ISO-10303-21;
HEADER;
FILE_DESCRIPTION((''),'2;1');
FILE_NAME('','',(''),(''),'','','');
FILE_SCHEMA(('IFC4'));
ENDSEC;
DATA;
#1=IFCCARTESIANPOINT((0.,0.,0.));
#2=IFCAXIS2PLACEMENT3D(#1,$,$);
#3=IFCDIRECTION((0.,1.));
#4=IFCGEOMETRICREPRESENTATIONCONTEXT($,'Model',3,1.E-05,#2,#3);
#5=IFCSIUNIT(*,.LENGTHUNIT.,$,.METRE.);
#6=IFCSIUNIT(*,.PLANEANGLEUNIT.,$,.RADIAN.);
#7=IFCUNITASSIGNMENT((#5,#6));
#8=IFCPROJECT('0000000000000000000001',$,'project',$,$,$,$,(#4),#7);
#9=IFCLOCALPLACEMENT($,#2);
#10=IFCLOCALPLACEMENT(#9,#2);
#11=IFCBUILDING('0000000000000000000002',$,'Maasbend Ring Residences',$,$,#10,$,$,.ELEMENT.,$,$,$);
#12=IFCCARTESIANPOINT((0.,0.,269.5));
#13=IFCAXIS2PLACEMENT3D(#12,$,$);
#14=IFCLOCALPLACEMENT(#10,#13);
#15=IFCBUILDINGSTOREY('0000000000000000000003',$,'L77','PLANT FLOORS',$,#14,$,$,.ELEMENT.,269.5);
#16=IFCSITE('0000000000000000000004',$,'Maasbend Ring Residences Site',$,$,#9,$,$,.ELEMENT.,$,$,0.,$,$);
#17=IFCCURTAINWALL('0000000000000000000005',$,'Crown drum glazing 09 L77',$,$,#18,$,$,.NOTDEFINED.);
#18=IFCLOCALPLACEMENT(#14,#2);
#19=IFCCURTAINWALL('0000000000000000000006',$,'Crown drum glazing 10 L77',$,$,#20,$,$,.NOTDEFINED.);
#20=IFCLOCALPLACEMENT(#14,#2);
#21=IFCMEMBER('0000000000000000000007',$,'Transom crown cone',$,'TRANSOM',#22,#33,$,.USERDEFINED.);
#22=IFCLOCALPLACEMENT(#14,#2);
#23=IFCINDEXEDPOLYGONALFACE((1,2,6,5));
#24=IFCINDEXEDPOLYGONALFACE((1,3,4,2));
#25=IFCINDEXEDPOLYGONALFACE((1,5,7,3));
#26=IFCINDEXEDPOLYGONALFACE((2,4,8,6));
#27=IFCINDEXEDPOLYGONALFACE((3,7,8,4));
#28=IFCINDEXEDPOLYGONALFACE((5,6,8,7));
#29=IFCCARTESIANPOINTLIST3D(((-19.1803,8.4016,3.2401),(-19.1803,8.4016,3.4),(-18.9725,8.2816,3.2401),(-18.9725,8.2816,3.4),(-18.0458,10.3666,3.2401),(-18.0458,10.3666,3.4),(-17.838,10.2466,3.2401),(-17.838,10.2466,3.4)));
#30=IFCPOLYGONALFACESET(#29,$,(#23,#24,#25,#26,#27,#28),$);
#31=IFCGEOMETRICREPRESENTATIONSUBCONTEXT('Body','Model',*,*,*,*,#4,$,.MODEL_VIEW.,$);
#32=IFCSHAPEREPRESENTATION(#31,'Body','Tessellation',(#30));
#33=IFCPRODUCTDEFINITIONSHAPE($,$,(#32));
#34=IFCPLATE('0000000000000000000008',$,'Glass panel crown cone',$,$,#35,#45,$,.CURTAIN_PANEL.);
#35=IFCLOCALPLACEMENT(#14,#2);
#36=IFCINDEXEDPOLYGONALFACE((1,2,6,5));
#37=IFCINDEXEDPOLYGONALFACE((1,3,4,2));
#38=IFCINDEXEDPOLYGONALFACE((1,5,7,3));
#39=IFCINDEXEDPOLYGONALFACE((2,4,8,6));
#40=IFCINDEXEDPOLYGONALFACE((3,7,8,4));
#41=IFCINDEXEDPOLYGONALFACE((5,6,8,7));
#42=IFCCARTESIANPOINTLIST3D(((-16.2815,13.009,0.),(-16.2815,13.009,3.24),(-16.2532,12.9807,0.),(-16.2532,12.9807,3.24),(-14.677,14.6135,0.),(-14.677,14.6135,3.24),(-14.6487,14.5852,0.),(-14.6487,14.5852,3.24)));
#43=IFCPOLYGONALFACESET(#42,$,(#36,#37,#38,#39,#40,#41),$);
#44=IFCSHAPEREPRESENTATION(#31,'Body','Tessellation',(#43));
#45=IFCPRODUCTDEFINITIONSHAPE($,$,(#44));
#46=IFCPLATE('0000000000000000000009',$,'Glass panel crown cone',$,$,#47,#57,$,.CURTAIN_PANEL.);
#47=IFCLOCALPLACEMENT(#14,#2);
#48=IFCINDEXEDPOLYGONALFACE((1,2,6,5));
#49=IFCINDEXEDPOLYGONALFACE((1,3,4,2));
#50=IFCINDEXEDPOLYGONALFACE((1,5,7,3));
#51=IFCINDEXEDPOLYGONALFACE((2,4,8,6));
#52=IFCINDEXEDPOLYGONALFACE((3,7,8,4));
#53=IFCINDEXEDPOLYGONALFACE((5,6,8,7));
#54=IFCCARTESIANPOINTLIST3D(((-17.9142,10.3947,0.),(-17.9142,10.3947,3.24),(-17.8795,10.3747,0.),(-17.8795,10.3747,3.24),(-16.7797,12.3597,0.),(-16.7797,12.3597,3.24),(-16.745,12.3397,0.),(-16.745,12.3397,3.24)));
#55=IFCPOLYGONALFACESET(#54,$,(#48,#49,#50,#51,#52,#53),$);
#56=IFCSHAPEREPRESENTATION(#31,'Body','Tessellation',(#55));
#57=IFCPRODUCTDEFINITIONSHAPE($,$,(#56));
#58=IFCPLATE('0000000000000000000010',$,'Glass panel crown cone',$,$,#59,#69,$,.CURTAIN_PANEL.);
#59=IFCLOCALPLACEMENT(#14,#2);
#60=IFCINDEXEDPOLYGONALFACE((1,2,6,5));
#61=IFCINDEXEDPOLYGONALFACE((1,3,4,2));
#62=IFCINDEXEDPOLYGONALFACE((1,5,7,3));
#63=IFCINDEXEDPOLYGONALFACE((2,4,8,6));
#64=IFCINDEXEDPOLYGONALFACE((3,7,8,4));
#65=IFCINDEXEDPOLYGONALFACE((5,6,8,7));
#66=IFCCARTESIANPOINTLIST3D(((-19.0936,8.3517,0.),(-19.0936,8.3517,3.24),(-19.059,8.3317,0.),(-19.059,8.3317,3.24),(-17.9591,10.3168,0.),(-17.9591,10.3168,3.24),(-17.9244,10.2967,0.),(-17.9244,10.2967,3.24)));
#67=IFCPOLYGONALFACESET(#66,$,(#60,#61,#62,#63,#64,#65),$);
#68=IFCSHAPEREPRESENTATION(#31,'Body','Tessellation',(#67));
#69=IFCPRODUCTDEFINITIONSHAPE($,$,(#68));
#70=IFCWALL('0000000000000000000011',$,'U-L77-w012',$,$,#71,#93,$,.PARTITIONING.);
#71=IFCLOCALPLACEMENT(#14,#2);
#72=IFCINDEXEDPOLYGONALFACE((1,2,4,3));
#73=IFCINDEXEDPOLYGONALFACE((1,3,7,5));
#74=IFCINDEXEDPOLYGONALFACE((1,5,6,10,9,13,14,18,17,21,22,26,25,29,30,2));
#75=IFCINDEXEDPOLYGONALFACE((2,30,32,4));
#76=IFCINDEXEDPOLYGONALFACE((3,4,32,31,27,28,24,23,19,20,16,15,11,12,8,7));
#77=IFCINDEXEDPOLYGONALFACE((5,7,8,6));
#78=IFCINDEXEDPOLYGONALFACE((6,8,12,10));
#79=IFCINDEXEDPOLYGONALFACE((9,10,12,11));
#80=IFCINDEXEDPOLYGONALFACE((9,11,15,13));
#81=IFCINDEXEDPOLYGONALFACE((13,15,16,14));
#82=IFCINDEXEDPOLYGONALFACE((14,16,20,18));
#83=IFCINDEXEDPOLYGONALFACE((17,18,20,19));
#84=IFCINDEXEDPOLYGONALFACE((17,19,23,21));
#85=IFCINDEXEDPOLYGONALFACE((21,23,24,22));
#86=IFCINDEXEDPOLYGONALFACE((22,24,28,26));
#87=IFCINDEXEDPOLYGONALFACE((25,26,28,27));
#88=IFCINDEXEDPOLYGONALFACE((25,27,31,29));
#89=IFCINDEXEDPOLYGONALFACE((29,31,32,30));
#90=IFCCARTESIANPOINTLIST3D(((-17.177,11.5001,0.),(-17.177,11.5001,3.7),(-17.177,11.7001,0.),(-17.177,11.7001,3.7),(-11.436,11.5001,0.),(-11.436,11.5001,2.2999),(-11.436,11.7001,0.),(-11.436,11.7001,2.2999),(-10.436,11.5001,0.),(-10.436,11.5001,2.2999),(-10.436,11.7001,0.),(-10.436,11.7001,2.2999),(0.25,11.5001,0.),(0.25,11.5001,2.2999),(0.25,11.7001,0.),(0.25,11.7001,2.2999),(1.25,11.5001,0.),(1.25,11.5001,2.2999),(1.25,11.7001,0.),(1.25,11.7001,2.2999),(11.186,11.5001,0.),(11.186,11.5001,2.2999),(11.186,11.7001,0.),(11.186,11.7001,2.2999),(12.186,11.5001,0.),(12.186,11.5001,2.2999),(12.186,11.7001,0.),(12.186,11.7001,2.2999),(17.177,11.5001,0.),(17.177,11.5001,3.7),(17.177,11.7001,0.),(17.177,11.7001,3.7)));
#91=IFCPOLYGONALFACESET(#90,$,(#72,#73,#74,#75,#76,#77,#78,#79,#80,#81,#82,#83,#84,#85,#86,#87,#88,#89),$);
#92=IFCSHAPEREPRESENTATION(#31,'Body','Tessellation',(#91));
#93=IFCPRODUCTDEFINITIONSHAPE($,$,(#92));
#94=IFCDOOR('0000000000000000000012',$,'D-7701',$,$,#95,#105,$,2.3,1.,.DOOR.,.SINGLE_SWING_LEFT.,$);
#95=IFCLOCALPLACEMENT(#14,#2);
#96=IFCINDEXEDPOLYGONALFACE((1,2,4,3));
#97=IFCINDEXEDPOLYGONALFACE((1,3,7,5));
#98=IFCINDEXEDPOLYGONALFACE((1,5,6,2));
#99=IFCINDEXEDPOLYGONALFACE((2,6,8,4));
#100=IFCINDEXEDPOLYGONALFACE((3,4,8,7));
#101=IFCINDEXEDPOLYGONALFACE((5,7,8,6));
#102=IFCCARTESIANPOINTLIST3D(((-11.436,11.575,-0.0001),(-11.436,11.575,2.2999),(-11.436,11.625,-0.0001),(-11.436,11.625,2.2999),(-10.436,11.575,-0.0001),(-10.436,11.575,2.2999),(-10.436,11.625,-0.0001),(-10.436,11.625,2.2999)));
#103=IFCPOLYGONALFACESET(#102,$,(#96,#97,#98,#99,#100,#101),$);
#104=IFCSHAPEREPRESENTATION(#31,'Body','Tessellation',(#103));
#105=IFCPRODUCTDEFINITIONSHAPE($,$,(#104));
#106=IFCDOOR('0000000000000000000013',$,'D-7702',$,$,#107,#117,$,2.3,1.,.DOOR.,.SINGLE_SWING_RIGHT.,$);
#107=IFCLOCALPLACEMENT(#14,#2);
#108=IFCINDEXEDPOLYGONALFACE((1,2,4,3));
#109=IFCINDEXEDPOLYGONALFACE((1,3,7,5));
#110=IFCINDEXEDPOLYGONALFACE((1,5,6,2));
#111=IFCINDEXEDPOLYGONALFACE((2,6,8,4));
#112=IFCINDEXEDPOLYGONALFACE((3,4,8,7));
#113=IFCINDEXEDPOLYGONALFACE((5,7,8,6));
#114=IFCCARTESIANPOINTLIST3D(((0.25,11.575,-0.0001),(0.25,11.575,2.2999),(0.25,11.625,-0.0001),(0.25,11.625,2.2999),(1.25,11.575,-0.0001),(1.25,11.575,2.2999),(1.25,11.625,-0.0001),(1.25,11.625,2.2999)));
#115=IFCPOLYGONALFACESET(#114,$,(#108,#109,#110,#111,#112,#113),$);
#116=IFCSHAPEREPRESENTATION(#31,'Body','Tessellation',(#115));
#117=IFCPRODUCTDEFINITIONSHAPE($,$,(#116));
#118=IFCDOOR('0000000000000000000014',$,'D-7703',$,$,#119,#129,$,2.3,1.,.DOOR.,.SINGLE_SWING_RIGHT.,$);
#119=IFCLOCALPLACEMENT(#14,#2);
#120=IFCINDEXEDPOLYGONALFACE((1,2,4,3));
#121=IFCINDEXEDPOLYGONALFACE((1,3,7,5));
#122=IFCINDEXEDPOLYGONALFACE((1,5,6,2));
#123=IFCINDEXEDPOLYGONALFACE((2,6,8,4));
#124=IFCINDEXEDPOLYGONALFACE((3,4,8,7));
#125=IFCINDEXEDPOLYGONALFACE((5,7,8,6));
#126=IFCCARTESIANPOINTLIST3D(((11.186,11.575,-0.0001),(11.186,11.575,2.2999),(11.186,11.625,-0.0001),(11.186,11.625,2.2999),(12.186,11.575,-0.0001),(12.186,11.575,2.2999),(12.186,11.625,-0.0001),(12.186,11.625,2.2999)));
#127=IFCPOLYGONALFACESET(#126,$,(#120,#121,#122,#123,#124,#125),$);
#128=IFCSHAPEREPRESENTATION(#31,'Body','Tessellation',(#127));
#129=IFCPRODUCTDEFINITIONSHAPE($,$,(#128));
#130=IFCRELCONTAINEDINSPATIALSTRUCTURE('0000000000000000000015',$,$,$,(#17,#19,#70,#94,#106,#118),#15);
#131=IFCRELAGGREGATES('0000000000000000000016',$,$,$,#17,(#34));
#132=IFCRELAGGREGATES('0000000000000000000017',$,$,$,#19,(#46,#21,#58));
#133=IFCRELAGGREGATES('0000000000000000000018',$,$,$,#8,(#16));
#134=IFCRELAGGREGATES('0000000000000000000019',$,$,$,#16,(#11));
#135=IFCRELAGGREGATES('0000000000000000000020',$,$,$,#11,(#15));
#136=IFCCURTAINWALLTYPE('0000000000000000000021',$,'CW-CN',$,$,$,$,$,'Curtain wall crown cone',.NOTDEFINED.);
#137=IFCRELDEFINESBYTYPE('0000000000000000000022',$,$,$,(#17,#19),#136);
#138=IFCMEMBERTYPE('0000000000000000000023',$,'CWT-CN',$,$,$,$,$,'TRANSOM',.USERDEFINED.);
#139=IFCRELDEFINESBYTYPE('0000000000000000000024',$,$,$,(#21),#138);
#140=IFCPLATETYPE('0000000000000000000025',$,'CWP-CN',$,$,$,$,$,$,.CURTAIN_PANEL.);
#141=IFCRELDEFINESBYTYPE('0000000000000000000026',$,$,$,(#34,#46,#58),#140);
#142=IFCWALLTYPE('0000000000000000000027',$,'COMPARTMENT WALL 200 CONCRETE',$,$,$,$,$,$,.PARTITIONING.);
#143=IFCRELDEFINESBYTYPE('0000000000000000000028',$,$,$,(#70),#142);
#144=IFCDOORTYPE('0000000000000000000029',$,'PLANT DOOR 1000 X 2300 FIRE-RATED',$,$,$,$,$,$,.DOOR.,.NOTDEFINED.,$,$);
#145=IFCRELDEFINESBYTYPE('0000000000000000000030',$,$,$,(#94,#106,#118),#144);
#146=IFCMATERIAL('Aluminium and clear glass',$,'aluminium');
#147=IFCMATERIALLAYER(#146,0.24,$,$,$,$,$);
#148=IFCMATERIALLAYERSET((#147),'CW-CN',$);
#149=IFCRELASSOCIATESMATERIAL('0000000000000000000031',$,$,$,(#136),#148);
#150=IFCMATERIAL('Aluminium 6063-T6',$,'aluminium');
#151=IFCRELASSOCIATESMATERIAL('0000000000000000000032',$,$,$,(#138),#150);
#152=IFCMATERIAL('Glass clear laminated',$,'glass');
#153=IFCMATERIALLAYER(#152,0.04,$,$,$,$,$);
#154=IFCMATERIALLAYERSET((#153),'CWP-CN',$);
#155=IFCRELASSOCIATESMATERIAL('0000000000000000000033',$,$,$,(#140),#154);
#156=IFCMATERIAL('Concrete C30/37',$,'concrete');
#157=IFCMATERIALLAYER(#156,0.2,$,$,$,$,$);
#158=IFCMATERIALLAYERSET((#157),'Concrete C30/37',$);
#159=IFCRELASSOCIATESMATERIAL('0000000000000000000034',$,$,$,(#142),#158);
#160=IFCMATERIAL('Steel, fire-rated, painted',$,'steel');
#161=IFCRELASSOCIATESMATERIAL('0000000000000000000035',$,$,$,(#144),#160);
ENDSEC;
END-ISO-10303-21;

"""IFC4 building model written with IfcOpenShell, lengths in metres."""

from ifc_helpers import new_model, si_unit, direction, frame, frame_2d, origin, origin_2d, place, context, subcontext, project, spatial, rectangle, extrude, material, layer, layer_set, material_profile, profile_set, type_object, element, fill, aggregate, save


model = new_model("IFC4")

# Units and contexts
model_context = context("Model", 3, precision=1e-05, world=origin(), true_north=direction((0.0, 1.0)))
body_context = subcontext(model_context, "Body", "Model", "MODEL_VIEW")
ifc_project = project(units=[si_unit("LENGTHUNIT", "METRE"), si_unit("PLANEANGLEUNIT", "RADIAN")], contexts=[model_context])

# Site, building, storey
site_placement = place(None, origin())
site = spatial("IfcSite", under=ifc_project, at=site_placement, Name="Maasbend Ring Residences Site", CompositionType="ELEMENT", RefElevation=0.0)
building_placement = place(site_placement, origin())
building = spatial("IfcBuilding", under=site, at=building_placement, Name="Maasbend Ring Residences", CompositionType="ELEMENT")
storey_placement = place(building_placement, frame((0.0, 0.0, 269.5)))
storey = spatial("IfcBuildingStorey", under=building, at=storey_placement, Name="L77", Description="PLANT FLOORS", CompositionType="ELEMENT", Elevation=269.5)

# Curtain walls
ifc_material_1 = material(Name="Aluminium and clear glass", Category="aluminium")
ifc_layer_1 = layer(ifc_material_1, 0.24)
ifc_layer_set_1 = layer_set([ifc_layer_1], Name="CW-CN")
curtain_wall_type = type_object("IfcCurtainWallType", Name="CW-CN", ElementType="Curtain wall crown cone", PredefinedType="NOTDEFINED", material=ifc_layer_set_1)
curtain_wall_1_placement = place(storey_placement, origin())
curtain_wall_1 = element("IfcCurtainWall", 1, at=curtain_wall_1_placement, inside=storey, type_object=curtain_wall_type, Name="Crown drum glazing 09 L77", PredefinedType="NOTDEFINED")
curtain_wall_2_placement = place(storey_placement, origin())
curtain_wall_2 = element("IfcCurtainWall", 2, at=curtain_wall_2_placement, inside=storey, type_object=curtain_wall_type, Name="Crown drum glazing 10 L77", PredefinedType="NOTDEFINED")

# Member
ifc_material_2 = material(Name="Aluminium 6063-T6", Category="aluminium")
ifc_material_profile_1 = material_profile(ifc_material_2, rectangle(XDim=0.24, YDim=0.1599, at=origin_2d()), Name="AL 240x160")
ifc_profile_set_1 = profile_set([ifc_material_profile_1], Name="Aluminium 6063-T6")
member_type_1 = type_object("IfcMemberType", Name="CWT-CN", ElementType="TRANSOM", PredefinedType="USERDEFINED", material=ifc_profile_set_1)
member_1_placement = place(storey_placement, frame((-17.9419, 10.3066, 3.3201), z_axis=(-0.499993, -0.86603, 0.0), x_axis=(0.86603, -0.499993, 0.0)))
member_1 = element("IfcMember", 3, at=member_1_placement, type_object=member_type_1, Name="Transom crown cone", ObjectType="TRANSOM", PredefinedType="USERDEFINED", context=body_context, shape_type="SweptSolid", body=[
    extrude(rectangle(XDim=0.24, YDim=0.1599, at=origin_2d()), origin(), (0.0, 0.0, 1.0), 2.269),
])

# Plates
ifc_material_3 = material(Name="Glass clear laminated", Category="glass")
ifc_layer_2 = layer(ifc_material_3, 0.04)
ifc_layer_set_2 = layer_set([ifc_layer_2], Name="CWP-CN")
plate_type = type_object("IfcPlateType", Name="CWP-CN", PredefinedType="CURTAIN_PANEL", material=ifc_layer_set_2)
plate_1_placement = place(storey_placement, frame((-15.4651, 13.7971, 0.0), z_axis=(0.0, 0.0, 1.0), x_axis=(-0.707107, -0.707107, 0.0)))
plate_1 = element("IfcPlate", 4, at=plate_1_placement, type_object=plate_type, Name="Glass panel crown cone", PredefinedType="CURTAIN_PANEL", context=body_context, shape_type="SweptSolid", body=[
    extrude(rectangle(XDim=2.269, YDim=0.04, at=origin_2d()), origin(), (0.0, 0.0, 1.0), 3.24),
])
aggregate(curtain_wall_1, [plate_1])
plate_2_placement = place(storey_placement, frame((-17.3296, 11.3672, 0.0), z_axis=(0.0, 0.0, 1.0), x_axis=(-0.5, -0.866025, 0.0)))
plate_2 = element("IfcPlate", 5, at=plate_2_placement, type_object=plate_type, Name="Glass panel crown cone", PredefinedType="CURTAIN_PANEL", context=body_context, shape_type="SweptSolid", body=[
    extrude(rectangle(XDim=2.269, YDim=0.04, at=origin_2d()), origin(), (0.0, 0.0, 1.0), 3.24),
])
plate_3_placement = place(storey_placement, frame((-18.509, 9.3242, 0.0), z_axis=(0.0, 0.0, 1.0), x_axis=(-0.5, -0.866025, 0.0)))
plate_3 = element("IfcPlate", 6, at=plate_3_placement, type_object=plate_type, Name="Glass panel crown cone", PredefinedType="CURTAIN_PANEL", context=body_context, shape_type="SweptSolid", body=[
    extrude(rectangle(XDim=2.269, YDim=0.04, at=origin_2d()), origin(), (0.0, 0.0, 1.0), 3.24),
])
aggregate(curtain_wall_2, [plate_2, member_1, plate_3])

# Wall, openings, doors
ifc_material_4 = material(Name="Concrete C30/37", Category="concrete")
ifc_layer_3 = layer(ifc_material_4, 0.2)
ifc_layer_set_3 = layer_set([ifc_layer_3], Name="Concrete C30/37")
wall_type = type_object("IfcWallType", Name="COMPARTMENT WALL 200 CONCRETE", PredefinedType="PARTITIONING", material=ifc_layer_set_3)
wall_placement = place(storey_placement, frame((-17.177, 11.6001, 0.0), z_axis=(0.0, 0.0, 1.0), x_axis=(1.0, 0.0, 0.0)))
wall = element("IfcWall", 7, at=wall_placement, inside=storey, type_object=wall_type, Name="U-L77-w012", PredefinedType="PARTITIONING", context=body_context, shape_type="SweptSolid", body=[
    extrude(rectangle(XDim=34.354, YDim=0.2, at=frame_2d((17.177, 0.0))), origin(), (0.0, 0.0, 1.0), 3.7),
])
opening_1_placement = place(wall_placement, frame((5.741, 0.0, 0.0)))
opening_1 = element("IfcOpeningElement", 8, at=opening_1_placement, cuts=wall, PredefinedType="OPENING", context=body_context, shape_type="SweptSolid", body=[
    extrude(rectangle(XDim=1.0, YDim=2.3, at=frame_2d((0.5, 1.1499))), frame((0.0, 0.1099, 0.0), z_axis=(0.0, -1.0, 0.0), x_axis=(1.0, 0.0, 0.0)), (0.0, 0.0, 1.0), 0.22),
])
opening_2_placement = place(wall_placement, frame((17.427, 0.0, 0.0)))
opening_2 = element("IfcOpeningElement", 9, at=opening_2_placement, cuts=wall, PredefinedType="OPENING", context=body_context, shape_type="SweptSolid", body=[
    extrude(rectangle(XDim=1.0, YDim=2.3, at=frame_2d((0.5, 1.1499))), frame((0.0, 0.1099, 0.0), z_axis=(0.0, -1.0, 0.0), x_axis=(1.0, 0.0, 0.0)), (0.0, 0.0, 1.0), 0.22),
])
opening_3_placement = place(wall_placement, frame((28.363, 0.0, 0.0)))
opening_3 = element("IfcOpeningElement", 10, at=opening_3_placement, cuts=wall, PredefinedType="OPENING", context=body_context, shape_type="SweptSolid", body=[
    extrude(rectangle(XDim=1.0, YDim=2.3, at=frame_2d((0.5, 1.1499))), frame((0.0, 0.1099, 0.0), z_axis=(0.0, -1.0, 0.0), x_axis=(1.0, 0.0, 0.0)), (0.0, 0.0, 1.0), 0.22),
])
ifc_material_5 = material(Name="Steel, fire-rated, painted", Category="steel")
door_type = type_object("IfcDoorType", Name="PLANT DOOR 1000 X 2300 FIRE-RATED", OperationType="NOTDEFINED", PredefinedType="DOOR", material=ifc_material_5)
door_1_placement = place(opening_1_placement, origin())
door_1 = element("IfcDoor", 11, at=door_1_placement, inside=storey, type_object=door_type, Name="D-7701", OperationType="SINGLE_SWING_LEFT", OverallHeight=2.3, OverallWidth=1.0, PredefinedType="DOOR", context=body_context, shape_type="SweptSolid", body=[
    extrude(rectangle(XDim=1.0, YDim=2.3, at=frame_2d((0.5, 1.1499))), frame((0.0, 0.0249, 0.0), z_axis=(0.0, -1.0, 0.0), x_axis=(1.0, 0.0, 0.0)), (0.0, 0.0, 1.0), 0.05),
])
fill(opening_1, door_1)
door_2_placement = place(opening_2_placement, origin())
door_2 = element("IfcDoor", 12, at=door_2_placement, inside=storey, type_object=door_type, Name="D-7702", OperationType="SINGLE_SWING_RIGHT", OverallHeight=2.3, OverallWidth=1.0, PredefinedType="DOOR", context=body_context, shape_type="SweptSolid", body=[
    extrude(rectangle(XDim=1.0, YDim=2.3, at=frame_2d((0.5, 1.1499))), frame((0.0, 0.0249, 0.0), z_axis=(0.0, -1.0, 0.0), x_axis=(1.0, 0.0, 0.0)), (0.0, 0.0, 1.0), 0.05),
])
fill(opening_2, door_2)
door_3_placement = place(opening_3_placement, origin())
door_3 = element("IfcDoor", 13, at=door_3_placement, inside=storey, type_object=door_type, Name="D-7703", OperationType="SINGLE_SWING_RIGHT", OverallHeight=2.3, OverallWidth=1.0, PredefinedType="DOOR", context=body_context, shape_type="SweptSolid", body=[
    extrude(rectangle(XDim=1.0, YDim=2.3, at=frame_2d((0.5, 1.1499))), frame((0.0, 0.0249, 0.0), z_axis=(0.0, -1.0, 0.0), x_axis=(1.0, 0.0, 0.0)), (0.0, 0.0, 1.0), 0.05),
])
fill(opening_3, door_3)

save(model, "model.ifc")
